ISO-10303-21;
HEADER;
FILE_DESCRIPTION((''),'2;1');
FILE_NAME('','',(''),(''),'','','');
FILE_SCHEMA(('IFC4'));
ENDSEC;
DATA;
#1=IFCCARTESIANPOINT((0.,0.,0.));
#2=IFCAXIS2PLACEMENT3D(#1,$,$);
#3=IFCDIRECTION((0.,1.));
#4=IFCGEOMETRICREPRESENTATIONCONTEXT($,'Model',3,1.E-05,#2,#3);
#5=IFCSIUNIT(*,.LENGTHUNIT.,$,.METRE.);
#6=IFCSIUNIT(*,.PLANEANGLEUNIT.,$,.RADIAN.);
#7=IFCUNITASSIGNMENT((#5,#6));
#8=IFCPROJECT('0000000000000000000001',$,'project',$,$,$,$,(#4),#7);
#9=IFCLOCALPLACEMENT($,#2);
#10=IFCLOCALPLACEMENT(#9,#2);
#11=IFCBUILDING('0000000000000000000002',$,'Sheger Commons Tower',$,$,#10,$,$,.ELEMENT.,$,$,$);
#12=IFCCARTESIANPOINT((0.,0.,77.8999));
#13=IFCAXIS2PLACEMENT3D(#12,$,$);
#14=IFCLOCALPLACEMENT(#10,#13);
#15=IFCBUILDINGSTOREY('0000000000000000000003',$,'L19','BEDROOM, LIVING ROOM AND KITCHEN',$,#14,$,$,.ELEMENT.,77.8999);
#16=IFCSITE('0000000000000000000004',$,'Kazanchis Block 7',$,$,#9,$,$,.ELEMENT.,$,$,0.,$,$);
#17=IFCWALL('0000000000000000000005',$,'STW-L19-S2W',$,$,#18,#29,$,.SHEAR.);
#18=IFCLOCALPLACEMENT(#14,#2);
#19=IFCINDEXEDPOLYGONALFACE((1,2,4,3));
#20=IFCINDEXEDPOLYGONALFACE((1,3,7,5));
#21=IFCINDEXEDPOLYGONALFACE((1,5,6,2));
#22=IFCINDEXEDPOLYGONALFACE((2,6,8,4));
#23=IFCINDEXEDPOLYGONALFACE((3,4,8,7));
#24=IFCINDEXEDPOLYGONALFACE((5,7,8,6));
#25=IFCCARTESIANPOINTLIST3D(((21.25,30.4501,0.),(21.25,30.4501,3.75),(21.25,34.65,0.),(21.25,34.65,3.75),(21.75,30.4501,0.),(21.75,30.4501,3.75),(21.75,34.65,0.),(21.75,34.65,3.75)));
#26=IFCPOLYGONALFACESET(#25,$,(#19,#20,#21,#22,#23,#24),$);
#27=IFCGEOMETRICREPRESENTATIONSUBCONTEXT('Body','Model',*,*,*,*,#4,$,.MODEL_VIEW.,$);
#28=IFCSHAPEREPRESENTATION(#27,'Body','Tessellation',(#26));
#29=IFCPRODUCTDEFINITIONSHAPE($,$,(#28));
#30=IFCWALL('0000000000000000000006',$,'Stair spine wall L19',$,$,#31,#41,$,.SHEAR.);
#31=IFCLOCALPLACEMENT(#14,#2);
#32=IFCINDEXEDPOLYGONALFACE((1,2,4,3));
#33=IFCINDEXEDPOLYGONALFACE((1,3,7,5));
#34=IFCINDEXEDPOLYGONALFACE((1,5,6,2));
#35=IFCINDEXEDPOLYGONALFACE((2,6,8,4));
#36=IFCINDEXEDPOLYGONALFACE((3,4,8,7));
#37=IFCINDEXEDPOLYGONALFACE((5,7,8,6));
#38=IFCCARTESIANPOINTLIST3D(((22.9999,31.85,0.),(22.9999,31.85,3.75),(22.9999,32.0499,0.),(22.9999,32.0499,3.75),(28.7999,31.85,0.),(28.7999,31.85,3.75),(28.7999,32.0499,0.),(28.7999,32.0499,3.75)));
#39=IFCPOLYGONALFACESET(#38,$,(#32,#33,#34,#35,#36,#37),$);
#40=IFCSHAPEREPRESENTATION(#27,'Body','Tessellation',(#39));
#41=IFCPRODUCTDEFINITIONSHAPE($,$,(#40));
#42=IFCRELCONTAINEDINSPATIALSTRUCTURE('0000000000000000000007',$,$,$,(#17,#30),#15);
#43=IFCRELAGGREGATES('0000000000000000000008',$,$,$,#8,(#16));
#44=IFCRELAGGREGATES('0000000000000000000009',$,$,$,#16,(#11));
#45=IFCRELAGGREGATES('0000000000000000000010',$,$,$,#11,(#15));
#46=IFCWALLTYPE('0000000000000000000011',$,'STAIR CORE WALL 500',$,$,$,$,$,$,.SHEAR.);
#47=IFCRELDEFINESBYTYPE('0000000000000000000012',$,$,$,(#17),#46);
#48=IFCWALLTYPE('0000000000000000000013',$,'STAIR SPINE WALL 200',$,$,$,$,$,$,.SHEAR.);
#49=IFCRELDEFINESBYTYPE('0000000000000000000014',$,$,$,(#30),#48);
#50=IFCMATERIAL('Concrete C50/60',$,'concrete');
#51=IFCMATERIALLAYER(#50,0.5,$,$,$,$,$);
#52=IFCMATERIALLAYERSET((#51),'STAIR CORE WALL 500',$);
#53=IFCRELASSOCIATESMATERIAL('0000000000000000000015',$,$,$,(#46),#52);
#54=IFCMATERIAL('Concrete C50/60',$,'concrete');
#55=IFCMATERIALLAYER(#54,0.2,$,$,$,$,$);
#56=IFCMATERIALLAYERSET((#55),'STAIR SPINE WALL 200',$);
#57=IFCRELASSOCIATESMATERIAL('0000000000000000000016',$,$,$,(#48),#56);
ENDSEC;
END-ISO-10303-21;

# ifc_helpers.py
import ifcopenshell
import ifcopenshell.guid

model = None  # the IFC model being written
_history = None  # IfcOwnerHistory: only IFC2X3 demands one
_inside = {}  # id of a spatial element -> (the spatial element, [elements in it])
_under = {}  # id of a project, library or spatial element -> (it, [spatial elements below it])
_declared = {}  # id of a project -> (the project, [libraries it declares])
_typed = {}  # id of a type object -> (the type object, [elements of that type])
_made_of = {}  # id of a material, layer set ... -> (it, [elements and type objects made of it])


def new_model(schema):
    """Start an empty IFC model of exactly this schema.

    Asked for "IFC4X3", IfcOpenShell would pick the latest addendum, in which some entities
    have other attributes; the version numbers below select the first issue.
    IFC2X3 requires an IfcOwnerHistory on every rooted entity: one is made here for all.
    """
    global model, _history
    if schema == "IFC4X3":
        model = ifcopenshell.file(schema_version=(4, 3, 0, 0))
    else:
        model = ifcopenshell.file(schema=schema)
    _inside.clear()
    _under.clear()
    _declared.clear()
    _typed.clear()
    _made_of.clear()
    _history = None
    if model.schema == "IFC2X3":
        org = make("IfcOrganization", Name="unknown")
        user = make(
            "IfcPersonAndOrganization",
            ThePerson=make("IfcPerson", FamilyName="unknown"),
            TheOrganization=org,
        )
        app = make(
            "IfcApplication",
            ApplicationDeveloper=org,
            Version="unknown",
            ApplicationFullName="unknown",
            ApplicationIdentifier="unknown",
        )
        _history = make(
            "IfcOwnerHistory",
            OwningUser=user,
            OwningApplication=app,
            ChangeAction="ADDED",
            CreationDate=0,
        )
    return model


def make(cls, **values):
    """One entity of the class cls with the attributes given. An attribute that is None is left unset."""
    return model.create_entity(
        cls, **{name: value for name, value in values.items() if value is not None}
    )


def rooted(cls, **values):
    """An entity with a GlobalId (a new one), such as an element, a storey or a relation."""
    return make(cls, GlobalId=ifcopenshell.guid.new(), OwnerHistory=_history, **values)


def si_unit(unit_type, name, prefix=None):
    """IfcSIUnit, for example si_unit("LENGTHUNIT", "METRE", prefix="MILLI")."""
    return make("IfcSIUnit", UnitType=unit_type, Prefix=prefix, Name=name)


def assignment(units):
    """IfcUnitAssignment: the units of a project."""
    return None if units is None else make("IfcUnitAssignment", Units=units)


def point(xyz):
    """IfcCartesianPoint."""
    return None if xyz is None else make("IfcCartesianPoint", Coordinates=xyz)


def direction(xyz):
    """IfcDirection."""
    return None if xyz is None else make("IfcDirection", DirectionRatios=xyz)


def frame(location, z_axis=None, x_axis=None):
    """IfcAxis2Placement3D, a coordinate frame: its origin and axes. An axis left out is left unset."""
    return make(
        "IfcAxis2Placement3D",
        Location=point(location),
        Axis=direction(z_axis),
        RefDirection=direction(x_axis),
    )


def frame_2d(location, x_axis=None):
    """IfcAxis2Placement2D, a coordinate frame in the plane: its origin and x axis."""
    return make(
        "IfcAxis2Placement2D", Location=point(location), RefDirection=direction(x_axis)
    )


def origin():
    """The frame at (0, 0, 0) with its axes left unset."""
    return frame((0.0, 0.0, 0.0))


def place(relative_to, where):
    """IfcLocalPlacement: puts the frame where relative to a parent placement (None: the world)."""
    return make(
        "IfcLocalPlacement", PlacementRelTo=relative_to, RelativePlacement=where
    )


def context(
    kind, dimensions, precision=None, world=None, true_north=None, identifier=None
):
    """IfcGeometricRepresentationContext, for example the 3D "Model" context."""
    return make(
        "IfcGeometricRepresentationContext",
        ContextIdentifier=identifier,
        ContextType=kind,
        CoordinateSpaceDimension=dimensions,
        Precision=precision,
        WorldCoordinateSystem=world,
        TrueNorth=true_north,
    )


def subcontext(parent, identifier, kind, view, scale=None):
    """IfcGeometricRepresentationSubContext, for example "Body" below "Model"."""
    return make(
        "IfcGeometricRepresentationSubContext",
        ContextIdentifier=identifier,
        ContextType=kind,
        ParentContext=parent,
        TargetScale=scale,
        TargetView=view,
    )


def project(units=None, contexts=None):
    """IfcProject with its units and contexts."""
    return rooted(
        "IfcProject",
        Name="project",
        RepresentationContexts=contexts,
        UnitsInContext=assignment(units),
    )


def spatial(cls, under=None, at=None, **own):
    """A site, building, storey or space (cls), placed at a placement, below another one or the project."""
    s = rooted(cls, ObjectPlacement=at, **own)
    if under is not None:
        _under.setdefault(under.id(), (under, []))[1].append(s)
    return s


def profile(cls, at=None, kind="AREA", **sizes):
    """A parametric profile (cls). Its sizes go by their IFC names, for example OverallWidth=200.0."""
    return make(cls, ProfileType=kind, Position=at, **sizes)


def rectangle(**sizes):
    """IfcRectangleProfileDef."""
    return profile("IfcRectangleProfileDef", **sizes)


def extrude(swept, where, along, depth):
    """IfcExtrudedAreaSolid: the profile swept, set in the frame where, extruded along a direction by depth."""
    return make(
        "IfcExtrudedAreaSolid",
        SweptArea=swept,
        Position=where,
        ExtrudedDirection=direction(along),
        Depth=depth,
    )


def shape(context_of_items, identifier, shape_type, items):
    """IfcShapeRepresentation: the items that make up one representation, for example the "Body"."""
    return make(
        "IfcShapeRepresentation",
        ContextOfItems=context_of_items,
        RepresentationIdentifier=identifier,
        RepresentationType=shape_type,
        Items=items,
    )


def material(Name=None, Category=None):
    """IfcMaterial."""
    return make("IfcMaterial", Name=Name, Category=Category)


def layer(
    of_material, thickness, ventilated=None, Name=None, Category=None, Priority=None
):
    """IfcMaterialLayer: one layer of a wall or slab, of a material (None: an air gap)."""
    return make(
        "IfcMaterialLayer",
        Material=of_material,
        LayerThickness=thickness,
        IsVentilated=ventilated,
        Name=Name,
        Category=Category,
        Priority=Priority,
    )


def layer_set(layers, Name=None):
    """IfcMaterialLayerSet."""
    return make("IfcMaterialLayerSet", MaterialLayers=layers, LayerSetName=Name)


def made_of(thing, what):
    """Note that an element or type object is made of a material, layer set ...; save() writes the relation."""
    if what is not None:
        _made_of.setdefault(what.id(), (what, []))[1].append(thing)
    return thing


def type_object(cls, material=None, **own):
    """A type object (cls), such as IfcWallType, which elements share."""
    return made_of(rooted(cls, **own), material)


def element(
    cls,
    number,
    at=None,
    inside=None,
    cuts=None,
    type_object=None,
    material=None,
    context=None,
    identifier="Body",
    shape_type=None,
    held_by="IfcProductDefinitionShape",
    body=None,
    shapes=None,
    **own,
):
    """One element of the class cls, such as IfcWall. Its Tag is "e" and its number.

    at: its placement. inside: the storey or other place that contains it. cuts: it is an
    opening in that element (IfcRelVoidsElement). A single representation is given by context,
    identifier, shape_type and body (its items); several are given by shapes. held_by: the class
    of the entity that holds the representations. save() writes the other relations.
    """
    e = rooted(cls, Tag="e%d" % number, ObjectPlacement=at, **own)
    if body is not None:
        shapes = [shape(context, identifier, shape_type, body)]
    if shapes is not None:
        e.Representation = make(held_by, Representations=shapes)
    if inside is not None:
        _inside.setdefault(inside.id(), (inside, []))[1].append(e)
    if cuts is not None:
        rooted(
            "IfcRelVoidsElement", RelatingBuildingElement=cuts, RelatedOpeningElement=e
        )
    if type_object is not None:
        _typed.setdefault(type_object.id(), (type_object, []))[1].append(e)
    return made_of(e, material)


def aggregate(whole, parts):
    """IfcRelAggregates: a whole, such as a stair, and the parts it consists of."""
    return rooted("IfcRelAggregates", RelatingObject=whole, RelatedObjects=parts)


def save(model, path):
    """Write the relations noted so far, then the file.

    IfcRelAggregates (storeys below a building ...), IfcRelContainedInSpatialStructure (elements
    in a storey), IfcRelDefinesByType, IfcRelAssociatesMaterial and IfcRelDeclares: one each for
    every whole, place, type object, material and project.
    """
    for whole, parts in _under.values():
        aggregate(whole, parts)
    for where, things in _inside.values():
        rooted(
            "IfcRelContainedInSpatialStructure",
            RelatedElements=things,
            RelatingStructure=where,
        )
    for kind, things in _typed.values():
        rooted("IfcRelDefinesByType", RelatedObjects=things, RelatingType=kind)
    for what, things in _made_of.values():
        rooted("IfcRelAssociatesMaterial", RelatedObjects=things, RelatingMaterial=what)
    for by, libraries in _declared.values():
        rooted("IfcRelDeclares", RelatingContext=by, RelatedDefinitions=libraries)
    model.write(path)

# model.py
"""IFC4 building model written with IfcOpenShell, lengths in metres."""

from ifc_helpers import new_model, si_unit, direction, frame, frame_2d, origin, place, context, subcontext, project, spatial, rectangle, extrude, material, layer, layer_set, type_object, element, save


model = new_model("IFC4")

# Units and contexts
model_context = context("Model", 3, precision=1e-05, world=origin(), true_north=direction((0.0, 1.0)))
body_context = subcontext(model_context, "Body", "Model", "MODEL_VIEW")
ifc_project = project(units=[si_unit("LENGTHUNIT", "METRE"), si_unit("PLANEANGLEUNIT", "RADIAN")], contexts=[model_context])

# Site, building, storey
site_placement = place(None, origin())
site = spatial("IfcSite", under=ifc_project, at=site_placement, Name="Kazanchis Block 7", CompositionType="ELEMENT", RefElevation=0.0)
building_placement = place(site_placement, origin())
building = spatial("IfcBuilding", under=site, at=building_placement, Name="Sheger Commons Tower", CompositionType="ELEMENT")
storey_placement = place(building_placement, frame((0.0, 0.0, 77.8999)))
storey = spatial("IfcBuildingStorey", under=building, at=storey_placement, Name="L19", Description="BEDROOM, LIVING ROOM AND KITCHEN", CompositionType="ELEMENT", Elevation=77.8999)

# Walls
ifc_material_1 = material(Name="Concrete C50/60", Category="concrete")
ifc_layer_1 = layer(ifc_material_1, 0.5)
ifc_layer_set_1 = layer_set([ifc_layer_1], Name="STAIR CORE WALL 500")
wall_type_1 = type_object("IfcWallType", Name="STAIR CORE WALL 500", PredefinedType="SHEAR", material=ifc_layer_set_1)
wall_1_placement = place(storey_placement, frame((21.5, 30.45, 0.0), z_axis=(0.0, 0.0, 1.0), x_axis=(0.0, 1.0, 0.0)))
element("IfcWall", 1, at=wall_1_placement, inside=storey, type_object=wall_type_1, Name="STW-L19-S2W", PredefinedType="SHEAR", context=body_context, shape_type="SweptSolid", body=[
    extrude(rectangle(XDim=4.2, YDim=0.5, at=frame_2d((2.1001, 0.0))), origin(), (0.0, 0.0, 1.0), 3.75),
])
ifc_material_2 = material(Name="Concrete C50/60", Category="concrete")
ifc_layer_2 = layer(ifc_material_2, 0.2)
ifc_layer_set_2 = layer_set([ifc_layer_2], Name="STAIR SPINE WALL 200")
wall_type_2 = type_object("IfcWallType", Name="STAIR SPINE WALL 200", PredefinedType="SHEAR", material=ifc_layer_set_2)
wall_2_placement = place(storey_placement, frame((23.0, 31.95, 0.0), z_axis=(0.0, 0.0, 1.0), x_axis=(1.0, 0.0, 0.0)))
element("IfcWall", 2, at=wall_2_placement, inside=storey, type_object=wall_type_2, Name="Stair spine wall L19", PredefinedType="SHEAR", context=body_context, shape_type="SweptSolid", body=[
    extrude(rectangle(XDim=5.8, YDim=0.2, at=frame_2d((2.8999, 0.0))), origin(), (0.0, 0.0, 1.0), 3.75),
])

save(model, "model.ifc")
